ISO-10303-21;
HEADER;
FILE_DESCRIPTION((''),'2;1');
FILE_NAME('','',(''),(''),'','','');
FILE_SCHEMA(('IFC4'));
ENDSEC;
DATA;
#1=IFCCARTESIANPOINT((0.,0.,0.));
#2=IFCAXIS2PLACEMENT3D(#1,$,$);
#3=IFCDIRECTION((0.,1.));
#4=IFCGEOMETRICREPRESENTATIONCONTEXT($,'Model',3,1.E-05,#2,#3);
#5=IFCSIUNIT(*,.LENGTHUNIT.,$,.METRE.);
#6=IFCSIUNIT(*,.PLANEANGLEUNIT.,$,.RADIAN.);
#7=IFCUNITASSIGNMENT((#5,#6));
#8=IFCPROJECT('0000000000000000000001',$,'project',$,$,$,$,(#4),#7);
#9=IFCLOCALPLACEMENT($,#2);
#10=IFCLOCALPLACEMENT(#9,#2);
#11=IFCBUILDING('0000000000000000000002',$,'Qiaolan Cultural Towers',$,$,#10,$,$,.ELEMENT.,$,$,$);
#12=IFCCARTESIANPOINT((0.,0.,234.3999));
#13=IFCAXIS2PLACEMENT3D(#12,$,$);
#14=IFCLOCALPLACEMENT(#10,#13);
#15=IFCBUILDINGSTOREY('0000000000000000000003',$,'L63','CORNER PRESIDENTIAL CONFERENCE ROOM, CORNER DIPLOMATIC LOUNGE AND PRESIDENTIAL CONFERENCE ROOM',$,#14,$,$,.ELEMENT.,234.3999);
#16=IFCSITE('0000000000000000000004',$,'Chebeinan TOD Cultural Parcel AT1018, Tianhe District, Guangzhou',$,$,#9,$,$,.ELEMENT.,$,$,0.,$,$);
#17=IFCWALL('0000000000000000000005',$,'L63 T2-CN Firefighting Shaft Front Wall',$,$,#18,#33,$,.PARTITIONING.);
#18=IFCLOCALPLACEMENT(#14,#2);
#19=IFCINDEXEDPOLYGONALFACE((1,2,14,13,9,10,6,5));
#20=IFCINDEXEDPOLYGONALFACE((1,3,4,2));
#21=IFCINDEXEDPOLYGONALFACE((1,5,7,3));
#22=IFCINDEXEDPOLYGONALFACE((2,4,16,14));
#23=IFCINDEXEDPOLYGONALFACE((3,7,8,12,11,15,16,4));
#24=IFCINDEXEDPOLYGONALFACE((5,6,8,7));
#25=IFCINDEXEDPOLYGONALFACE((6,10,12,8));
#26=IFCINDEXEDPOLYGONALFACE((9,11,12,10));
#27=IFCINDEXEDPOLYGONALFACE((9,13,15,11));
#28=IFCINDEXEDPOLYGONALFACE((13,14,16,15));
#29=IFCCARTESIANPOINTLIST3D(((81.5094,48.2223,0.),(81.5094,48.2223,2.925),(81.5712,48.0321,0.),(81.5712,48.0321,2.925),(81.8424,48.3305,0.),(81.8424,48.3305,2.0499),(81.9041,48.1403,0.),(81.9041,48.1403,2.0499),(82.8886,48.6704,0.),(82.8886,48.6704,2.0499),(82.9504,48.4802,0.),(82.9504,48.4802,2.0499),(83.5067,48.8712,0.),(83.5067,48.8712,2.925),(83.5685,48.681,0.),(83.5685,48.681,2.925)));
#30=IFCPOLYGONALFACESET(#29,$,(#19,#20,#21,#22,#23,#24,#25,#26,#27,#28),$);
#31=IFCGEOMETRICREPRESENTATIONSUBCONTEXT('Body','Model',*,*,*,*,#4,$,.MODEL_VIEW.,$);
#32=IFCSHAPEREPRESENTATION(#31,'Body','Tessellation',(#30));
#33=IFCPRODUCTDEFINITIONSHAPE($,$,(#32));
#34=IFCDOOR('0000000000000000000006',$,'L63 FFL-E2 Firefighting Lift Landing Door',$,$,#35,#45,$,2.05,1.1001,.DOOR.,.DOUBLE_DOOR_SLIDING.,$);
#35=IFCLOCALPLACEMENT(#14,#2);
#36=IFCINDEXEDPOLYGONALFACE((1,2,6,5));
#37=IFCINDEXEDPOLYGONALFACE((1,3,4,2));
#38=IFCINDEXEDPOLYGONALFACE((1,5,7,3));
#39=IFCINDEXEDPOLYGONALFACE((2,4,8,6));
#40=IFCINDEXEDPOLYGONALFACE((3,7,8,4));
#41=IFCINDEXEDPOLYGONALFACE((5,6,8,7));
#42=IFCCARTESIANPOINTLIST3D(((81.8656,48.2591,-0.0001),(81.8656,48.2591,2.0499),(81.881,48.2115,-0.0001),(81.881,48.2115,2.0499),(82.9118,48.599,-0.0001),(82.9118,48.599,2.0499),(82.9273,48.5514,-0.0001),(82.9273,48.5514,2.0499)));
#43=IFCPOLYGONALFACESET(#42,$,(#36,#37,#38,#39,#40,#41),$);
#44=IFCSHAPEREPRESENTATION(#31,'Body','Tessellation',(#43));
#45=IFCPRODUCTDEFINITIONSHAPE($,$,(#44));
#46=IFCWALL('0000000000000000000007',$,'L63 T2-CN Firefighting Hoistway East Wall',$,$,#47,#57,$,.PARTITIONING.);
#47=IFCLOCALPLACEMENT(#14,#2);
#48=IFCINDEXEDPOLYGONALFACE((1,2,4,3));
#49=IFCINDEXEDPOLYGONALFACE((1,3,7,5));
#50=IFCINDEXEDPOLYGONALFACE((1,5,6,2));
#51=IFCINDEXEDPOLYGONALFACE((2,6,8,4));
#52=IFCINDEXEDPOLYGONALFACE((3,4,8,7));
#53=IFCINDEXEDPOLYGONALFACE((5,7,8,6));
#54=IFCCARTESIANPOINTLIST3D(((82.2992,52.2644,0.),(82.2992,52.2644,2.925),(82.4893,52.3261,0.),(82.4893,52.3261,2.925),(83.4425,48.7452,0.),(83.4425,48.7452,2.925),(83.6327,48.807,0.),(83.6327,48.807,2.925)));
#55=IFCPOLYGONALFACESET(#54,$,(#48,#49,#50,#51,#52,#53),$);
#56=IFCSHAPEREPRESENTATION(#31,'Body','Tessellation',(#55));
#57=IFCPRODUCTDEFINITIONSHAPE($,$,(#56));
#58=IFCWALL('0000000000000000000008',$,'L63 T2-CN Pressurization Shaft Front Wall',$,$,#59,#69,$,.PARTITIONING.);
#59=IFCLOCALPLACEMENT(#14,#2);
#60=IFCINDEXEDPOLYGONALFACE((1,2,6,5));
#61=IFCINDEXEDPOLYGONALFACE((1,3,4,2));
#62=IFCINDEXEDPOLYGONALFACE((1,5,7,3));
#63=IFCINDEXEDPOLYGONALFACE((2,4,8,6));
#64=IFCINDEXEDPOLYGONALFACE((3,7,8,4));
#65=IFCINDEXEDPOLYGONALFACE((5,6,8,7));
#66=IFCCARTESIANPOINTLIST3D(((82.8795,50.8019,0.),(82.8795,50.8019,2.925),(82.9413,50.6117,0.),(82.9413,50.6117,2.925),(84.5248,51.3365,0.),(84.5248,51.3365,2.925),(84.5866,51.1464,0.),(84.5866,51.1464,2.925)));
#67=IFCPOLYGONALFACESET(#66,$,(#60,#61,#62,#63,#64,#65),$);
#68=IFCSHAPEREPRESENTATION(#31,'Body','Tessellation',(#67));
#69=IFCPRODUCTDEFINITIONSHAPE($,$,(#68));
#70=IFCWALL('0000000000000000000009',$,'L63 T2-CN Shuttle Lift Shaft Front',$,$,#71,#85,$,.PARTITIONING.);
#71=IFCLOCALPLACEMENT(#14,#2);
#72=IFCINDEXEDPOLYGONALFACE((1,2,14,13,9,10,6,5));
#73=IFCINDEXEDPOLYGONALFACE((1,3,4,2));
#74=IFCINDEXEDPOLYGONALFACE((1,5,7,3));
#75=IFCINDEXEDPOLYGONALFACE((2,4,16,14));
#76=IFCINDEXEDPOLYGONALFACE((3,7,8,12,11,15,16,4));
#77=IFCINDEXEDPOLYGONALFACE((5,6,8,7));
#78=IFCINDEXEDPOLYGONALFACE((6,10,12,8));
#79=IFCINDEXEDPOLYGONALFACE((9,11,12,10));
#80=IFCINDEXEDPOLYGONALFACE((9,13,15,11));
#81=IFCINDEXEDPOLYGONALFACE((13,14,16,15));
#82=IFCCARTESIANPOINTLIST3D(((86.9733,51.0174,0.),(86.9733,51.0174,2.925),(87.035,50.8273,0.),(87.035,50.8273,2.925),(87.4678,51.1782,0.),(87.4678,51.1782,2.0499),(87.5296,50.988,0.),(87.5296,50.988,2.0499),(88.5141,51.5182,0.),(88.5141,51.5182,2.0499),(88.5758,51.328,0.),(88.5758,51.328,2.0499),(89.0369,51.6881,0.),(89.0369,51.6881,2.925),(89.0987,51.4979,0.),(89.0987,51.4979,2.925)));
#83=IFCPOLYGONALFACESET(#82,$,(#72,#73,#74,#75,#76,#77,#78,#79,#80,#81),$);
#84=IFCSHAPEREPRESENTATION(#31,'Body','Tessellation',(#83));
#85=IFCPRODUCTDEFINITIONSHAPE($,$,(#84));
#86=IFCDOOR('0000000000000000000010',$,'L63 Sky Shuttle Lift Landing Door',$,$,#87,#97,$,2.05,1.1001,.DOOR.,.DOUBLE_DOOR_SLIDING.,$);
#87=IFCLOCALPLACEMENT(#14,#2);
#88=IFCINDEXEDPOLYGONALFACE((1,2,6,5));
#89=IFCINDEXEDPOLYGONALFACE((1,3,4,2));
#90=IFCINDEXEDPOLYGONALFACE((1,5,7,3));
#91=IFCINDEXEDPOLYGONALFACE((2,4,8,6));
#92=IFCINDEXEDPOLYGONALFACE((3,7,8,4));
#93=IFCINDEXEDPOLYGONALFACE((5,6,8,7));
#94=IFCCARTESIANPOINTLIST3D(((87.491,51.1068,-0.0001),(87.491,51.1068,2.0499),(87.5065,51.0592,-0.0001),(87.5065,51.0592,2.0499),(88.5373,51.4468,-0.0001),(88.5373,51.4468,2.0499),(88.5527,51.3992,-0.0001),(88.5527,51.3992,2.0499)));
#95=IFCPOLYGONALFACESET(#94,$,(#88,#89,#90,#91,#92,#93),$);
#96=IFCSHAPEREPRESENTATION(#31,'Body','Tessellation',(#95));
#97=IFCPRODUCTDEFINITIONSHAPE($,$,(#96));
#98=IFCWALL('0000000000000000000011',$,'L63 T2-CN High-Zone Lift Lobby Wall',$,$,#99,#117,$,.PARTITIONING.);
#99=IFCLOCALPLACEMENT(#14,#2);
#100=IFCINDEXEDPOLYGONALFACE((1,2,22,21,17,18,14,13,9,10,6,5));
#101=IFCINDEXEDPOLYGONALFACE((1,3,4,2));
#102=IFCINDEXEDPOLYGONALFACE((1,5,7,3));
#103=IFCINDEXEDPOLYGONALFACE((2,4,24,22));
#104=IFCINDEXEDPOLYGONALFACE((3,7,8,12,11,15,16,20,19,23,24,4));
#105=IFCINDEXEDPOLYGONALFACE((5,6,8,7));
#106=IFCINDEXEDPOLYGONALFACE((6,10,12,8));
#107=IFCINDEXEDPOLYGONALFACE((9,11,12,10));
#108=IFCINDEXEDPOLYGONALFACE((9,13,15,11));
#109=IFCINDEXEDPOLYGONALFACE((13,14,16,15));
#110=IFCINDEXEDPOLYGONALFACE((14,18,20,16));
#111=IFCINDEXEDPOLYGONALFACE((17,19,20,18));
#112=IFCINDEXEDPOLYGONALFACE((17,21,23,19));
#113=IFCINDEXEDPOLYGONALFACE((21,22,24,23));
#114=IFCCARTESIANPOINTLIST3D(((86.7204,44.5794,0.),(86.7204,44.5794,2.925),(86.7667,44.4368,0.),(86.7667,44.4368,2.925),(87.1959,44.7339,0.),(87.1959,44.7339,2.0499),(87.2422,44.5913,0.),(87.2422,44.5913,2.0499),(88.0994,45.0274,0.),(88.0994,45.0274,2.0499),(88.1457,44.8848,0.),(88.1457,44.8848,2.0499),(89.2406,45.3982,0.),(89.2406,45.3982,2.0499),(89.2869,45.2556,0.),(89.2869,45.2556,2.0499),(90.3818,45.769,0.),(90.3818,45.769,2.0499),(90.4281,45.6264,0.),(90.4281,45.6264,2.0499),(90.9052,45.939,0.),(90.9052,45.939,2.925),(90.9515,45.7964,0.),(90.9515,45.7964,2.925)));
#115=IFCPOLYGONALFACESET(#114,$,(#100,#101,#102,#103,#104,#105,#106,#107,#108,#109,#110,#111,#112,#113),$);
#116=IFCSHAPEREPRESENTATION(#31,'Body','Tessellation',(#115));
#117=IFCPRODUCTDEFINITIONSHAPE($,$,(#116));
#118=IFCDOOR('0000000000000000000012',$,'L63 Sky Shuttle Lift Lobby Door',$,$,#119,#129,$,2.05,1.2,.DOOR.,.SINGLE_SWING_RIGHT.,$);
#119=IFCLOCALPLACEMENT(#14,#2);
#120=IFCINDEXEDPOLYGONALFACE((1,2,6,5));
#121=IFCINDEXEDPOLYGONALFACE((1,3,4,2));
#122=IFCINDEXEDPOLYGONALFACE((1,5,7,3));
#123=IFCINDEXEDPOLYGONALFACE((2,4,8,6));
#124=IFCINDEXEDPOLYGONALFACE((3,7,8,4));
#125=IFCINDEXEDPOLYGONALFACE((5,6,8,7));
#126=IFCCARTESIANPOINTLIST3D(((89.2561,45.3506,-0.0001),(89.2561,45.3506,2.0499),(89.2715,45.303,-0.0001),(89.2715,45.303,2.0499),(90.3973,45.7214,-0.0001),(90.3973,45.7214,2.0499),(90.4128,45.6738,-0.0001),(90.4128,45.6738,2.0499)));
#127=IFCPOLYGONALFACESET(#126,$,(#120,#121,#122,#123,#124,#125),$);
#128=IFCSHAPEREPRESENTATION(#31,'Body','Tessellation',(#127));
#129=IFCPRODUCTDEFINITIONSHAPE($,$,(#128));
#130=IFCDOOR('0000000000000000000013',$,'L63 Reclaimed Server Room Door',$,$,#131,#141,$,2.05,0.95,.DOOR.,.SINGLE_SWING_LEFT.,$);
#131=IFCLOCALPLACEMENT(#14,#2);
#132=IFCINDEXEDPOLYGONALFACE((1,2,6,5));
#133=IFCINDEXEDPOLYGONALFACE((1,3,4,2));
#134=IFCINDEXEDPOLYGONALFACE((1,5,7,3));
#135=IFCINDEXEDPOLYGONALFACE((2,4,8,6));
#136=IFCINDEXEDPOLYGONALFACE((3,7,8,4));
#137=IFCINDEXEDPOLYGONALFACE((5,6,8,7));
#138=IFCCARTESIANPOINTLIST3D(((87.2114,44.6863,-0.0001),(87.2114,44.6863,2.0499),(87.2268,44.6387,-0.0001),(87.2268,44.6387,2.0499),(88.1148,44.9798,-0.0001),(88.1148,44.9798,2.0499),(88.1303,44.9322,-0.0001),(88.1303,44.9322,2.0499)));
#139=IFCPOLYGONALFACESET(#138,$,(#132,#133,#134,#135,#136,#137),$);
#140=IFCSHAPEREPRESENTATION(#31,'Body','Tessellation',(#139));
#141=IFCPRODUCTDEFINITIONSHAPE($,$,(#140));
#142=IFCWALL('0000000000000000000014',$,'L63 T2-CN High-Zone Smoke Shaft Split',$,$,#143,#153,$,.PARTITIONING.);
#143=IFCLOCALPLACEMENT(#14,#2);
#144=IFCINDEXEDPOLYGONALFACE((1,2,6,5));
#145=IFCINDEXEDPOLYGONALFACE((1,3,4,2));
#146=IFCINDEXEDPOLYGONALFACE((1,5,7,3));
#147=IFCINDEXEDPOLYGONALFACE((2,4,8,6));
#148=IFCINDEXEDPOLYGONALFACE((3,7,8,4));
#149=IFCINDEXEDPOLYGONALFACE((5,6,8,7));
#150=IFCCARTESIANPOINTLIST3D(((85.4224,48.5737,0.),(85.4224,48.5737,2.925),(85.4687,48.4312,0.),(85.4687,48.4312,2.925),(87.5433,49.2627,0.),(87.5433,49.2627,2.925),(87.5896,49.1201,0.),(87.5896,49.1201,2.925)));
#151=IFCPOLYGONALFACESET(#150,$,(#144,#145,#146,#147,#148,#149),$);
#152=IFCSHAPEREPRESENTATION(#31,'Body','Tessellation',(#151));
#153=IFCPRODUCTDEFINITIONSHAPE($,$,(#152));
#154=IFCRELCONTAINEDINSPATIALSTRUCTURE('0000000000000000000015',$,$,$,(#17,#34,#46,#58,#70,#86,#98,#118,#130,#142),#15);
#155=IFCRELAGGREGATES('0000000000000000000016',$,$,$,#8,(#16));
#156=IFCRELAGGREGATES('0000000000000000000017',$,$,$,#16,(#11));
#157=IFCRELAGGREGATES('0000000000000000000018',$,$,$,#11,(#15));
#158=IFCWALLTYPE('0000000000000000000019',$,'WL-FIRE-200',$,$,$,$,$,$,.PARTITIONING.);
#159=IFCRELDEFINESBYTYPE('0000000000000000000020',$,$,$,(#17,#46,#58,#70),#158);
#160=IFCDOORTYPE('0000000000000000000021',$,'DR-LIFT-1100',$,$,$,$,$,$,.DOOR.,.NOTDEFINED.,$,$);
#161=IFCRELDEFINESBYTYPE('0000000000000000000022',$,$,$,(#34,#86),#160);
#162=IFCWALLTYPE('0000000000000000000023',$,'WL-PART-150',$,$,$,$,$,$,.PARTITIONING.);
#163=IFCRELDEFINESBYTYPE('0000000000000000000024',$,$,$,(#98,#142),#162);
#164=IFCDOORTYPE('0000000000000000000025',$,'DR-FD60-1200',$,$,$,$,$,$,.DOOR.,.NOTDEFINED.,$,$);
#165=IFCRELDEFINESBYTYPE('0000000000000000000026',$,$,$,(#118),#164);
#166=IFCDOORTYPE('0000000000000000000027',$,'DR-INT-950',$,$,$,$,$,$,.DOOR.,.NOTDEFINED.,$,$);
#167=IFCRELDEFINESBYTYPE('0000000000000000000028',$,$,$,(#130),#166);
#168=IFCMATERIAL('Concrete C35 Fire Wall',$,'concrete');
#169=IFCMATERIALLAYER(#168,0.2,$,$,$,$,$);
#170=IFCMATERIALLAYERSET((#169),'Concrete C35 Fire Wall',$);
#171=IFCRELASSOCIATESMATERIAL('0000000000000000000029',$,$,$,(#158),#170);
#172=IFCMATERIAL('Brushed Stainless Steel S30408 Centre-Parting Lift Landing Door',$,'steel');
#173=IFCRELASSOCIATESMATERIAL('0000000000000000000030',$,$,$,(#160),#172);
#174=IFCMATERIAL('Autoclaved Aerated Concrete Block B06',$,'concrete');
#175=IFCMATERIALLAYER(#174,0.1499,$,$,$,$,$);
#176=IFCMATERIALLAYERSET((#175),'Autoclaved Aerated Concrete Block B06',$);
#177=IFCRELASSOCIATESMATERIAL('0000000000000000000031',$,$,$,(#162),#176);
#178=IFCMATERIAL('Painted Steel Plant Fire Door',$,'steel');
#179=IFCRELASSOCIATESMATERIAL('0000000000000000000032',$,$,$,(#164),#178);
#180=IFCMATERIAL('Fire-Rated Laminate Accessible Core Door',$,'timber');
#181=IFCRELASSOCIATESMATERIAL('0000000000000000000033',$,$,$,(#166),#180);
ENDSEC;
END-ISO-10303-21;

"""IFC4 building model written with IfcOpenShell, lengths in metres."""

from ifc_helpers import new_model, si_unit, direction, frame, frame_2d, origin, place, context, subcontext, project, spatial, rectangle, extrude, material, layer, layer_set, type_object, element, fill, save


model = new_model("IFC4")

# Units and contexts
model_context = context("Model", 3, precision=1e-05, world=origin(), true_north=direction((0.0, 1.0)))
body_context = subcontext(model_context, "Body", "Model", "MODEL_VIEW")
ifc_project = project(units=[si_unit("LENGTHUNIT", "METRE"), si_unit("PLANEANGLEUNIT", "RADIAN")], contexts=[model_context])

# Site, building, storey
site_placement = place(None, origin())
site = spatial("IfcSite", under=ifc_project, at=site_placement, Name="Chebeinan TOD Cultural Parcel AT1018, Tianhe District, Guangzhou", CompositionType="ELEMENT", RefElevation=0.0)
building_placement = place(site_placement, origin())
building = spatial("IfcBuilding", under=site, at=building_placement, Name="Qiaolan Cultural Towers", CompositionType="ELEMENT")
storey_placement = place(building_placement, frame((0.0, 0.0, 234.3999)))
storey = spatial("IfcBuildingStorey", under=building, at=storey_placement, Name="L63", Description="CORNER PRESIDENTIAL CONFERENCE ROOM, CORNER DIPLOMATIC LOUNGE AND PRESIDENTIAL CONFERENCE ROOM", CompositionType="ELEMENT", Elevation=234.3999)

# Shared definitions
ifc_material_1 = material(Name="Concrete C35 Fire Wall", Category="concrete")
ifc_layer_1 = layer(ifc_material_1, 0.2)
ifc_layer_set_1 = layer_set([ifc_layer_1], Name="Concrete C35 Fire Wall")
wall_type_1 = type_object("IfcWallType", Name="WL-FIRE-200", PredefinedType="PARTITIONING", material=ifc_layer_set_1)

# Wall, opening, door
wall_1_placement = place(storey_placement, frame((81.5403, 48.1272, 0.0), z_axis=(0.0, 0.0, 1.0), x_axis=(0.951062, 0.308999, 0.0)))
wall_1 = element("IfcWall", 1, at=wall_1_placement, inside=storey, type_object=wall_type_1, Name="L63 T2-CN Firefighting Shaft Front Wall", PredefinedType="PARTITIONING", context=body_context, shape_type="SweptSolid", body=[
    extrude(rectangle(XDim=2.1001, YDim=0.2, at=frame_2d((1.05, 0.0))), origin(), (0.0, 0.0, 1.0), 2.925),
])
opening_1_placement = place(wall_1_placement, frame((0.3501, 0.0, 0.0)))
opening_1 = element("IfcOpeningElement", 2, at=opening_1_placement, cuts=wall_1, PredefinedType="OPENING", context=body_context, shape_type="SweptSolid", body=[
    extrude(rectangle(XDim=1.1001, YDim=2.05, at=frame_2d((0.55, 1.0249))), frame((0.0, 0.1099, 0.0), z_axis=(0.0, -1.0, 0.0), x_axis=(1.0, 0.0, 0.0)), (0.0, 0.0, 1.0), 0.22),
])
ifc_material_2 = material(Name="Brushed Stainless Steel S30408 Centre-Parting Lift Landing Door", Category="steel")
door_type_1 = type_object("IfcDoorType", Name="DR-LIFT-1100", OperationType="NOTDEFINED", PredefinedType="DOOR", material=ifc_material_2)
door_1_placement = place(opening_1_placement, origin())
door_1 = element("IfcDoor", 3, at=door_1_placement, inside=storey, type_object=door_type_1, Name="L63 FFL-E2 Firefighting Lift Landing Door", OperationType="DOUBLE_DOOR_SLIDING", OverallHeight=2.05, OverallWidth=1.1001, PredefinedType="DOOR", context=body_context, shape_type="SweptSolid", body=[
    extrude(rectangle(XDim=1.1001, YDim=2.05, at=frame_2d((0.55, 1.0249))), frame((0.0, 0.0249, 0.0), z_axis=(0.0, -1.0, 0.0), x_axis=(1.0, 0.0, 0.0)), (0.0, 0.0, 1.0), 0.05),
])
fill(opening_1, door_1)

# Walls
wall_2_placement = place(storey_placement, frame((83.5376, 48.7761, 0.0), z_axis=(0.0, 0.0, 1.0), x_axis=(-0.308994, 0.951064, 0.0)))
element("IfcWall", 4, at=wall_2_placement, inside=storey, type_object=wall_type_1, Name="L63 T2-CN Firefighting Hoistway East Wall", PredefinedType="PARTITIONING", context=body_context, shape_type="SweptSolid", body=[
    extrude(rectangle(XDim=3.7002, YDim=0.2, at=frame_2d((1.8501, 0.0))), origin(), (0.0, 0.0, 1.0), 2.925),
])
wall_3_placement = place(storey_placement, frame((82.9104, 50.7068, 0.0), z_axis=(0.0, 0.0, 1.0), x_axis=(0.951041, 0.309064, 0.0)))
element("IfcWall", 5, at=wall_3_placement, inside=storey, type_object=wall_type_1, Name="L63 T2-CN Pressurization Shaft Front Wall", PredefinedType="PARTITIONING", context=body_context, shape_type="SweptSolid", body=[
    extrude(rectangle(XDim=1.73, YDim=0.2, at=frame_2d((0.865, 0.0))), origin(), (0.0, 0.0, 1.0), 2.925),
])

# Wall, opening, door
wall_4_placement = place(storey_placement, frame((87.0042, 50.9224, 0.0), z_axis=(0.0, 0.0, 1.0), x_axis=(0.951042, 0.309063, 0.0)))
wall_4 = element("IfcWall", 6, at=wall_4_placement, inside=storey, type_object=wall_type_1, Name="L63 T2-CN Shuttle Lift Shaft Front", PredefinedType="PARTITIONING", context=body_context, shape_type="SweptSolid", body=[
    extrude(rectangle(XDim=2.1699, YDim=0.2, at=frame_2d((1.085, 0.0))), origin(), (0.0, 0.0, 1.0), 2.925),
])
opening_2_placement = place(wall_4_placement, frame((0.52, 0.0, 0.0)))
opening_2 = element("IfcOpeningElement", 7, at=opening_2_placement, cuts=wall_4, PredefinedType="OPENING", context=body_context, shape_type="SweptSolid", body=[
    extrude(rectangle(XDim=1.1001, YDim=2.05, at=frame_2d((0.55, 1.0249))), frame((0.0, 0.1099, 0.0), z_axis=(0.0, -1.0, 0.0), x_axis=(1.0, 0.0, 0.0)), (0.0, 0.0, 1.0), 0.22),
])
door_2_placement = place(opening_2_placement, origin())
door_2 = element("IfcDoor", 8, at=door_2_placement, inside=storey, type_object=door_type_1, Name="L63 Sky Shuttle Lift Landing Door", OperationType="DOUBLE_DOOR_SLIDING", OverallHeight=2.05, OverallWidth=1.1001, PredefinedType="DOOR", context=body_context, shape_type="SweptSolid", body=[
    extrude(rectangle(XDim=1.1001, YDim=2.05, at=frame_2d((0.55, 1.0249))), frame((0.0, 0.0249, 0.0), z_axis=(0.0, -1.0, 0.0), x_axis=(1.0, 0.0, 0.0)), (0.0, 0.0, 1.0), 0.05),
])
fill(opening_2, door_2)

# Wall, openings, doors
ifc_material_3 = material(Name="Autoclaved Aerated Concrete Block B06", Category="concrete")
ifc_layer_2 = layer(ifc_material_3, 0.1499)
ifc_layer_set_2 = layer_set([ifc_layer_2], Name="Autoclaved Aerated Concrete Block B06")
wall_type_2 = type_object("IfcWallType", Name="WL-PART-150", PredefinedType="PARTITIONING", material=ifc_layer_set_2)
wall_5_placement = place(storey_placement, frame((86.7434, 44.5081, 0.0), z_axis=(0.0, 0.0, 1.0), x_axis=(0.951064, 0.308994, 0.0)))
wall_5 = element("IfcWall", 9, at=wall_5_placement, inside=storey, type_object=wall_type_2, Name="L63 T2-CN High-Zone Lift Lobby Wall", PredefinedType="PARTITIONING", context=body_context, shape_type="SweptSolid", body=[
    extrude(rectangle(XDim=4.4001, YDim=0.1499, at=frame_2d((2.2002, 0.0))), origin(), (0.0, 0.0, 1.0), 2.925),
])
opening_3_placement = place(wall_5_placement, frame((0.5, 0.0, 0.0)))
opening_3 = element("IfcOpeningElement", 10, at=opening_3_placement, cuts=wall_5, PredefinedType="OPENING", context=body_context, shape_type="SweptSolid", body=[
    extrude(rectangle(XDim=0.95, YDim=2.05, at=frame_2d((0.4751, 1.0249))), frame((0.0, 0.085, 0.0), z_axis=(0.0, -1.0, 0.0), x_axis=(1.0, 0.0, 0.0)), (0.0, 0.0, 1.0), 0.1699),
])
opening_4_placement = place(wall_5_placement, frame((2.6499, 0.0, 0.0)))
opening_4 = element("IfcOpeningElement", 11, at=opening_4_placement, cuts=wall_5, PredefinedType="OPENING", context=body_context, shape_type="SweptSolid", body=[
    extrude(rectangle(XDim=1.2, YDim=2.05, at=frame_2d((0.6001, 1.0249))), frame((0.0, 0.085, 0.0), z_axis=(0.0, -1.0, 0.0), x_axis=(1.0, 0.0, 0.0)), (0.0, 0.0, 1.0), 0.1699),
])
ifc_material_4 = material(Name="Painted Steel Plant Fire Door", Category="steel")
door_type_2 = type_object("IfcDoorType", Name="DR-FD60-1200", OperationType="NOTDEFINED", PredefinedType="DOOR", material=ifc_material_4)
door_3_placement = place(opening_4_placement, origin())
door_3 = element("IfcDoor", 12, at=door_3_placement, inside=storey, type_object=door_type_2, Name="L63 Sky Shuttle Lift Lobby Door", OperationType="SINGLE_SWING_RIGHT", OverallHeight=2.05, OverallWidth=1.2, PredefinedType="DOOR", context=body_context, shape_type="SweptSolid", body=[
    extrude(rectangle(XDim=1.2, YDim=2.05, at=frame_2d((0.6001, 1.0249))), frame((0.0, 0.0249, 0.0), z_axis=(0.0, -1.0, 0.0), x_axis=(1.0, 0.0, 0.0)), (0.0, 0.0, 1.0), 0.05),
])
fill(opening_4, door_3)
ifc_material_5 = material(Name="Fire-Rated Laminate Accessible Core Door", Category="timber")
door_type_3 = type_object("IfcDoorType", Name="DR-INT-950", OperationType="NOTDEFINED", PredefinedType="DOOR", material=ifc_material_5)
door_4_placement = place(opening_3_placement, origin())
door_4 = element("IfcDoor", 13, at=door_4_placement, inside=storey, type_object=door_type_3, Name="L63 Reclaimed Server Room Door", OperationType="SINGLE_SWING_LEFT", OverallHeight=2.05, OverallWidth=0.95, PredefinedType="DOOR", context=body_context, shape_type="SweptSolid", body=[
    extrude(rectangle(XDim=0.95, YDim=2.05, at=frame_2d((0.4751, 1.0249))), frame((0.0, 0.0249, 0.0), z_axis=(0.0, -1.0, 0.0), x_axis=(1.0, 0.0, 0.0)), (0.0, 0.0, 1.0), 0.05),
])
fill(opening_3, door_4)

# Wall
wall_6_placement = place(storey_placement, frame((85.4456, 48.5024, 0.0), z_axis=(0.0, 0.0, 1.0), x_axis=(0.951075, 0.30896, 0.0)))
element("IfcWall", 14, at=wall_6_placement, inside=storey, type_object=wall_type_2, Name="L63 T2-CN High-Zone Smoke Shaft Split", PredefinedType="PARTITIONING", context=body_context, shape_type="SweptSolid", body=[
    extrude(rectangle(XDim=2.23, YDim=0.1499, at=frame_2d((1.115, 0.0))), origin(), (0.0, 0.0, 1.0), 2.925),
])

save(model, "model.ifc")
